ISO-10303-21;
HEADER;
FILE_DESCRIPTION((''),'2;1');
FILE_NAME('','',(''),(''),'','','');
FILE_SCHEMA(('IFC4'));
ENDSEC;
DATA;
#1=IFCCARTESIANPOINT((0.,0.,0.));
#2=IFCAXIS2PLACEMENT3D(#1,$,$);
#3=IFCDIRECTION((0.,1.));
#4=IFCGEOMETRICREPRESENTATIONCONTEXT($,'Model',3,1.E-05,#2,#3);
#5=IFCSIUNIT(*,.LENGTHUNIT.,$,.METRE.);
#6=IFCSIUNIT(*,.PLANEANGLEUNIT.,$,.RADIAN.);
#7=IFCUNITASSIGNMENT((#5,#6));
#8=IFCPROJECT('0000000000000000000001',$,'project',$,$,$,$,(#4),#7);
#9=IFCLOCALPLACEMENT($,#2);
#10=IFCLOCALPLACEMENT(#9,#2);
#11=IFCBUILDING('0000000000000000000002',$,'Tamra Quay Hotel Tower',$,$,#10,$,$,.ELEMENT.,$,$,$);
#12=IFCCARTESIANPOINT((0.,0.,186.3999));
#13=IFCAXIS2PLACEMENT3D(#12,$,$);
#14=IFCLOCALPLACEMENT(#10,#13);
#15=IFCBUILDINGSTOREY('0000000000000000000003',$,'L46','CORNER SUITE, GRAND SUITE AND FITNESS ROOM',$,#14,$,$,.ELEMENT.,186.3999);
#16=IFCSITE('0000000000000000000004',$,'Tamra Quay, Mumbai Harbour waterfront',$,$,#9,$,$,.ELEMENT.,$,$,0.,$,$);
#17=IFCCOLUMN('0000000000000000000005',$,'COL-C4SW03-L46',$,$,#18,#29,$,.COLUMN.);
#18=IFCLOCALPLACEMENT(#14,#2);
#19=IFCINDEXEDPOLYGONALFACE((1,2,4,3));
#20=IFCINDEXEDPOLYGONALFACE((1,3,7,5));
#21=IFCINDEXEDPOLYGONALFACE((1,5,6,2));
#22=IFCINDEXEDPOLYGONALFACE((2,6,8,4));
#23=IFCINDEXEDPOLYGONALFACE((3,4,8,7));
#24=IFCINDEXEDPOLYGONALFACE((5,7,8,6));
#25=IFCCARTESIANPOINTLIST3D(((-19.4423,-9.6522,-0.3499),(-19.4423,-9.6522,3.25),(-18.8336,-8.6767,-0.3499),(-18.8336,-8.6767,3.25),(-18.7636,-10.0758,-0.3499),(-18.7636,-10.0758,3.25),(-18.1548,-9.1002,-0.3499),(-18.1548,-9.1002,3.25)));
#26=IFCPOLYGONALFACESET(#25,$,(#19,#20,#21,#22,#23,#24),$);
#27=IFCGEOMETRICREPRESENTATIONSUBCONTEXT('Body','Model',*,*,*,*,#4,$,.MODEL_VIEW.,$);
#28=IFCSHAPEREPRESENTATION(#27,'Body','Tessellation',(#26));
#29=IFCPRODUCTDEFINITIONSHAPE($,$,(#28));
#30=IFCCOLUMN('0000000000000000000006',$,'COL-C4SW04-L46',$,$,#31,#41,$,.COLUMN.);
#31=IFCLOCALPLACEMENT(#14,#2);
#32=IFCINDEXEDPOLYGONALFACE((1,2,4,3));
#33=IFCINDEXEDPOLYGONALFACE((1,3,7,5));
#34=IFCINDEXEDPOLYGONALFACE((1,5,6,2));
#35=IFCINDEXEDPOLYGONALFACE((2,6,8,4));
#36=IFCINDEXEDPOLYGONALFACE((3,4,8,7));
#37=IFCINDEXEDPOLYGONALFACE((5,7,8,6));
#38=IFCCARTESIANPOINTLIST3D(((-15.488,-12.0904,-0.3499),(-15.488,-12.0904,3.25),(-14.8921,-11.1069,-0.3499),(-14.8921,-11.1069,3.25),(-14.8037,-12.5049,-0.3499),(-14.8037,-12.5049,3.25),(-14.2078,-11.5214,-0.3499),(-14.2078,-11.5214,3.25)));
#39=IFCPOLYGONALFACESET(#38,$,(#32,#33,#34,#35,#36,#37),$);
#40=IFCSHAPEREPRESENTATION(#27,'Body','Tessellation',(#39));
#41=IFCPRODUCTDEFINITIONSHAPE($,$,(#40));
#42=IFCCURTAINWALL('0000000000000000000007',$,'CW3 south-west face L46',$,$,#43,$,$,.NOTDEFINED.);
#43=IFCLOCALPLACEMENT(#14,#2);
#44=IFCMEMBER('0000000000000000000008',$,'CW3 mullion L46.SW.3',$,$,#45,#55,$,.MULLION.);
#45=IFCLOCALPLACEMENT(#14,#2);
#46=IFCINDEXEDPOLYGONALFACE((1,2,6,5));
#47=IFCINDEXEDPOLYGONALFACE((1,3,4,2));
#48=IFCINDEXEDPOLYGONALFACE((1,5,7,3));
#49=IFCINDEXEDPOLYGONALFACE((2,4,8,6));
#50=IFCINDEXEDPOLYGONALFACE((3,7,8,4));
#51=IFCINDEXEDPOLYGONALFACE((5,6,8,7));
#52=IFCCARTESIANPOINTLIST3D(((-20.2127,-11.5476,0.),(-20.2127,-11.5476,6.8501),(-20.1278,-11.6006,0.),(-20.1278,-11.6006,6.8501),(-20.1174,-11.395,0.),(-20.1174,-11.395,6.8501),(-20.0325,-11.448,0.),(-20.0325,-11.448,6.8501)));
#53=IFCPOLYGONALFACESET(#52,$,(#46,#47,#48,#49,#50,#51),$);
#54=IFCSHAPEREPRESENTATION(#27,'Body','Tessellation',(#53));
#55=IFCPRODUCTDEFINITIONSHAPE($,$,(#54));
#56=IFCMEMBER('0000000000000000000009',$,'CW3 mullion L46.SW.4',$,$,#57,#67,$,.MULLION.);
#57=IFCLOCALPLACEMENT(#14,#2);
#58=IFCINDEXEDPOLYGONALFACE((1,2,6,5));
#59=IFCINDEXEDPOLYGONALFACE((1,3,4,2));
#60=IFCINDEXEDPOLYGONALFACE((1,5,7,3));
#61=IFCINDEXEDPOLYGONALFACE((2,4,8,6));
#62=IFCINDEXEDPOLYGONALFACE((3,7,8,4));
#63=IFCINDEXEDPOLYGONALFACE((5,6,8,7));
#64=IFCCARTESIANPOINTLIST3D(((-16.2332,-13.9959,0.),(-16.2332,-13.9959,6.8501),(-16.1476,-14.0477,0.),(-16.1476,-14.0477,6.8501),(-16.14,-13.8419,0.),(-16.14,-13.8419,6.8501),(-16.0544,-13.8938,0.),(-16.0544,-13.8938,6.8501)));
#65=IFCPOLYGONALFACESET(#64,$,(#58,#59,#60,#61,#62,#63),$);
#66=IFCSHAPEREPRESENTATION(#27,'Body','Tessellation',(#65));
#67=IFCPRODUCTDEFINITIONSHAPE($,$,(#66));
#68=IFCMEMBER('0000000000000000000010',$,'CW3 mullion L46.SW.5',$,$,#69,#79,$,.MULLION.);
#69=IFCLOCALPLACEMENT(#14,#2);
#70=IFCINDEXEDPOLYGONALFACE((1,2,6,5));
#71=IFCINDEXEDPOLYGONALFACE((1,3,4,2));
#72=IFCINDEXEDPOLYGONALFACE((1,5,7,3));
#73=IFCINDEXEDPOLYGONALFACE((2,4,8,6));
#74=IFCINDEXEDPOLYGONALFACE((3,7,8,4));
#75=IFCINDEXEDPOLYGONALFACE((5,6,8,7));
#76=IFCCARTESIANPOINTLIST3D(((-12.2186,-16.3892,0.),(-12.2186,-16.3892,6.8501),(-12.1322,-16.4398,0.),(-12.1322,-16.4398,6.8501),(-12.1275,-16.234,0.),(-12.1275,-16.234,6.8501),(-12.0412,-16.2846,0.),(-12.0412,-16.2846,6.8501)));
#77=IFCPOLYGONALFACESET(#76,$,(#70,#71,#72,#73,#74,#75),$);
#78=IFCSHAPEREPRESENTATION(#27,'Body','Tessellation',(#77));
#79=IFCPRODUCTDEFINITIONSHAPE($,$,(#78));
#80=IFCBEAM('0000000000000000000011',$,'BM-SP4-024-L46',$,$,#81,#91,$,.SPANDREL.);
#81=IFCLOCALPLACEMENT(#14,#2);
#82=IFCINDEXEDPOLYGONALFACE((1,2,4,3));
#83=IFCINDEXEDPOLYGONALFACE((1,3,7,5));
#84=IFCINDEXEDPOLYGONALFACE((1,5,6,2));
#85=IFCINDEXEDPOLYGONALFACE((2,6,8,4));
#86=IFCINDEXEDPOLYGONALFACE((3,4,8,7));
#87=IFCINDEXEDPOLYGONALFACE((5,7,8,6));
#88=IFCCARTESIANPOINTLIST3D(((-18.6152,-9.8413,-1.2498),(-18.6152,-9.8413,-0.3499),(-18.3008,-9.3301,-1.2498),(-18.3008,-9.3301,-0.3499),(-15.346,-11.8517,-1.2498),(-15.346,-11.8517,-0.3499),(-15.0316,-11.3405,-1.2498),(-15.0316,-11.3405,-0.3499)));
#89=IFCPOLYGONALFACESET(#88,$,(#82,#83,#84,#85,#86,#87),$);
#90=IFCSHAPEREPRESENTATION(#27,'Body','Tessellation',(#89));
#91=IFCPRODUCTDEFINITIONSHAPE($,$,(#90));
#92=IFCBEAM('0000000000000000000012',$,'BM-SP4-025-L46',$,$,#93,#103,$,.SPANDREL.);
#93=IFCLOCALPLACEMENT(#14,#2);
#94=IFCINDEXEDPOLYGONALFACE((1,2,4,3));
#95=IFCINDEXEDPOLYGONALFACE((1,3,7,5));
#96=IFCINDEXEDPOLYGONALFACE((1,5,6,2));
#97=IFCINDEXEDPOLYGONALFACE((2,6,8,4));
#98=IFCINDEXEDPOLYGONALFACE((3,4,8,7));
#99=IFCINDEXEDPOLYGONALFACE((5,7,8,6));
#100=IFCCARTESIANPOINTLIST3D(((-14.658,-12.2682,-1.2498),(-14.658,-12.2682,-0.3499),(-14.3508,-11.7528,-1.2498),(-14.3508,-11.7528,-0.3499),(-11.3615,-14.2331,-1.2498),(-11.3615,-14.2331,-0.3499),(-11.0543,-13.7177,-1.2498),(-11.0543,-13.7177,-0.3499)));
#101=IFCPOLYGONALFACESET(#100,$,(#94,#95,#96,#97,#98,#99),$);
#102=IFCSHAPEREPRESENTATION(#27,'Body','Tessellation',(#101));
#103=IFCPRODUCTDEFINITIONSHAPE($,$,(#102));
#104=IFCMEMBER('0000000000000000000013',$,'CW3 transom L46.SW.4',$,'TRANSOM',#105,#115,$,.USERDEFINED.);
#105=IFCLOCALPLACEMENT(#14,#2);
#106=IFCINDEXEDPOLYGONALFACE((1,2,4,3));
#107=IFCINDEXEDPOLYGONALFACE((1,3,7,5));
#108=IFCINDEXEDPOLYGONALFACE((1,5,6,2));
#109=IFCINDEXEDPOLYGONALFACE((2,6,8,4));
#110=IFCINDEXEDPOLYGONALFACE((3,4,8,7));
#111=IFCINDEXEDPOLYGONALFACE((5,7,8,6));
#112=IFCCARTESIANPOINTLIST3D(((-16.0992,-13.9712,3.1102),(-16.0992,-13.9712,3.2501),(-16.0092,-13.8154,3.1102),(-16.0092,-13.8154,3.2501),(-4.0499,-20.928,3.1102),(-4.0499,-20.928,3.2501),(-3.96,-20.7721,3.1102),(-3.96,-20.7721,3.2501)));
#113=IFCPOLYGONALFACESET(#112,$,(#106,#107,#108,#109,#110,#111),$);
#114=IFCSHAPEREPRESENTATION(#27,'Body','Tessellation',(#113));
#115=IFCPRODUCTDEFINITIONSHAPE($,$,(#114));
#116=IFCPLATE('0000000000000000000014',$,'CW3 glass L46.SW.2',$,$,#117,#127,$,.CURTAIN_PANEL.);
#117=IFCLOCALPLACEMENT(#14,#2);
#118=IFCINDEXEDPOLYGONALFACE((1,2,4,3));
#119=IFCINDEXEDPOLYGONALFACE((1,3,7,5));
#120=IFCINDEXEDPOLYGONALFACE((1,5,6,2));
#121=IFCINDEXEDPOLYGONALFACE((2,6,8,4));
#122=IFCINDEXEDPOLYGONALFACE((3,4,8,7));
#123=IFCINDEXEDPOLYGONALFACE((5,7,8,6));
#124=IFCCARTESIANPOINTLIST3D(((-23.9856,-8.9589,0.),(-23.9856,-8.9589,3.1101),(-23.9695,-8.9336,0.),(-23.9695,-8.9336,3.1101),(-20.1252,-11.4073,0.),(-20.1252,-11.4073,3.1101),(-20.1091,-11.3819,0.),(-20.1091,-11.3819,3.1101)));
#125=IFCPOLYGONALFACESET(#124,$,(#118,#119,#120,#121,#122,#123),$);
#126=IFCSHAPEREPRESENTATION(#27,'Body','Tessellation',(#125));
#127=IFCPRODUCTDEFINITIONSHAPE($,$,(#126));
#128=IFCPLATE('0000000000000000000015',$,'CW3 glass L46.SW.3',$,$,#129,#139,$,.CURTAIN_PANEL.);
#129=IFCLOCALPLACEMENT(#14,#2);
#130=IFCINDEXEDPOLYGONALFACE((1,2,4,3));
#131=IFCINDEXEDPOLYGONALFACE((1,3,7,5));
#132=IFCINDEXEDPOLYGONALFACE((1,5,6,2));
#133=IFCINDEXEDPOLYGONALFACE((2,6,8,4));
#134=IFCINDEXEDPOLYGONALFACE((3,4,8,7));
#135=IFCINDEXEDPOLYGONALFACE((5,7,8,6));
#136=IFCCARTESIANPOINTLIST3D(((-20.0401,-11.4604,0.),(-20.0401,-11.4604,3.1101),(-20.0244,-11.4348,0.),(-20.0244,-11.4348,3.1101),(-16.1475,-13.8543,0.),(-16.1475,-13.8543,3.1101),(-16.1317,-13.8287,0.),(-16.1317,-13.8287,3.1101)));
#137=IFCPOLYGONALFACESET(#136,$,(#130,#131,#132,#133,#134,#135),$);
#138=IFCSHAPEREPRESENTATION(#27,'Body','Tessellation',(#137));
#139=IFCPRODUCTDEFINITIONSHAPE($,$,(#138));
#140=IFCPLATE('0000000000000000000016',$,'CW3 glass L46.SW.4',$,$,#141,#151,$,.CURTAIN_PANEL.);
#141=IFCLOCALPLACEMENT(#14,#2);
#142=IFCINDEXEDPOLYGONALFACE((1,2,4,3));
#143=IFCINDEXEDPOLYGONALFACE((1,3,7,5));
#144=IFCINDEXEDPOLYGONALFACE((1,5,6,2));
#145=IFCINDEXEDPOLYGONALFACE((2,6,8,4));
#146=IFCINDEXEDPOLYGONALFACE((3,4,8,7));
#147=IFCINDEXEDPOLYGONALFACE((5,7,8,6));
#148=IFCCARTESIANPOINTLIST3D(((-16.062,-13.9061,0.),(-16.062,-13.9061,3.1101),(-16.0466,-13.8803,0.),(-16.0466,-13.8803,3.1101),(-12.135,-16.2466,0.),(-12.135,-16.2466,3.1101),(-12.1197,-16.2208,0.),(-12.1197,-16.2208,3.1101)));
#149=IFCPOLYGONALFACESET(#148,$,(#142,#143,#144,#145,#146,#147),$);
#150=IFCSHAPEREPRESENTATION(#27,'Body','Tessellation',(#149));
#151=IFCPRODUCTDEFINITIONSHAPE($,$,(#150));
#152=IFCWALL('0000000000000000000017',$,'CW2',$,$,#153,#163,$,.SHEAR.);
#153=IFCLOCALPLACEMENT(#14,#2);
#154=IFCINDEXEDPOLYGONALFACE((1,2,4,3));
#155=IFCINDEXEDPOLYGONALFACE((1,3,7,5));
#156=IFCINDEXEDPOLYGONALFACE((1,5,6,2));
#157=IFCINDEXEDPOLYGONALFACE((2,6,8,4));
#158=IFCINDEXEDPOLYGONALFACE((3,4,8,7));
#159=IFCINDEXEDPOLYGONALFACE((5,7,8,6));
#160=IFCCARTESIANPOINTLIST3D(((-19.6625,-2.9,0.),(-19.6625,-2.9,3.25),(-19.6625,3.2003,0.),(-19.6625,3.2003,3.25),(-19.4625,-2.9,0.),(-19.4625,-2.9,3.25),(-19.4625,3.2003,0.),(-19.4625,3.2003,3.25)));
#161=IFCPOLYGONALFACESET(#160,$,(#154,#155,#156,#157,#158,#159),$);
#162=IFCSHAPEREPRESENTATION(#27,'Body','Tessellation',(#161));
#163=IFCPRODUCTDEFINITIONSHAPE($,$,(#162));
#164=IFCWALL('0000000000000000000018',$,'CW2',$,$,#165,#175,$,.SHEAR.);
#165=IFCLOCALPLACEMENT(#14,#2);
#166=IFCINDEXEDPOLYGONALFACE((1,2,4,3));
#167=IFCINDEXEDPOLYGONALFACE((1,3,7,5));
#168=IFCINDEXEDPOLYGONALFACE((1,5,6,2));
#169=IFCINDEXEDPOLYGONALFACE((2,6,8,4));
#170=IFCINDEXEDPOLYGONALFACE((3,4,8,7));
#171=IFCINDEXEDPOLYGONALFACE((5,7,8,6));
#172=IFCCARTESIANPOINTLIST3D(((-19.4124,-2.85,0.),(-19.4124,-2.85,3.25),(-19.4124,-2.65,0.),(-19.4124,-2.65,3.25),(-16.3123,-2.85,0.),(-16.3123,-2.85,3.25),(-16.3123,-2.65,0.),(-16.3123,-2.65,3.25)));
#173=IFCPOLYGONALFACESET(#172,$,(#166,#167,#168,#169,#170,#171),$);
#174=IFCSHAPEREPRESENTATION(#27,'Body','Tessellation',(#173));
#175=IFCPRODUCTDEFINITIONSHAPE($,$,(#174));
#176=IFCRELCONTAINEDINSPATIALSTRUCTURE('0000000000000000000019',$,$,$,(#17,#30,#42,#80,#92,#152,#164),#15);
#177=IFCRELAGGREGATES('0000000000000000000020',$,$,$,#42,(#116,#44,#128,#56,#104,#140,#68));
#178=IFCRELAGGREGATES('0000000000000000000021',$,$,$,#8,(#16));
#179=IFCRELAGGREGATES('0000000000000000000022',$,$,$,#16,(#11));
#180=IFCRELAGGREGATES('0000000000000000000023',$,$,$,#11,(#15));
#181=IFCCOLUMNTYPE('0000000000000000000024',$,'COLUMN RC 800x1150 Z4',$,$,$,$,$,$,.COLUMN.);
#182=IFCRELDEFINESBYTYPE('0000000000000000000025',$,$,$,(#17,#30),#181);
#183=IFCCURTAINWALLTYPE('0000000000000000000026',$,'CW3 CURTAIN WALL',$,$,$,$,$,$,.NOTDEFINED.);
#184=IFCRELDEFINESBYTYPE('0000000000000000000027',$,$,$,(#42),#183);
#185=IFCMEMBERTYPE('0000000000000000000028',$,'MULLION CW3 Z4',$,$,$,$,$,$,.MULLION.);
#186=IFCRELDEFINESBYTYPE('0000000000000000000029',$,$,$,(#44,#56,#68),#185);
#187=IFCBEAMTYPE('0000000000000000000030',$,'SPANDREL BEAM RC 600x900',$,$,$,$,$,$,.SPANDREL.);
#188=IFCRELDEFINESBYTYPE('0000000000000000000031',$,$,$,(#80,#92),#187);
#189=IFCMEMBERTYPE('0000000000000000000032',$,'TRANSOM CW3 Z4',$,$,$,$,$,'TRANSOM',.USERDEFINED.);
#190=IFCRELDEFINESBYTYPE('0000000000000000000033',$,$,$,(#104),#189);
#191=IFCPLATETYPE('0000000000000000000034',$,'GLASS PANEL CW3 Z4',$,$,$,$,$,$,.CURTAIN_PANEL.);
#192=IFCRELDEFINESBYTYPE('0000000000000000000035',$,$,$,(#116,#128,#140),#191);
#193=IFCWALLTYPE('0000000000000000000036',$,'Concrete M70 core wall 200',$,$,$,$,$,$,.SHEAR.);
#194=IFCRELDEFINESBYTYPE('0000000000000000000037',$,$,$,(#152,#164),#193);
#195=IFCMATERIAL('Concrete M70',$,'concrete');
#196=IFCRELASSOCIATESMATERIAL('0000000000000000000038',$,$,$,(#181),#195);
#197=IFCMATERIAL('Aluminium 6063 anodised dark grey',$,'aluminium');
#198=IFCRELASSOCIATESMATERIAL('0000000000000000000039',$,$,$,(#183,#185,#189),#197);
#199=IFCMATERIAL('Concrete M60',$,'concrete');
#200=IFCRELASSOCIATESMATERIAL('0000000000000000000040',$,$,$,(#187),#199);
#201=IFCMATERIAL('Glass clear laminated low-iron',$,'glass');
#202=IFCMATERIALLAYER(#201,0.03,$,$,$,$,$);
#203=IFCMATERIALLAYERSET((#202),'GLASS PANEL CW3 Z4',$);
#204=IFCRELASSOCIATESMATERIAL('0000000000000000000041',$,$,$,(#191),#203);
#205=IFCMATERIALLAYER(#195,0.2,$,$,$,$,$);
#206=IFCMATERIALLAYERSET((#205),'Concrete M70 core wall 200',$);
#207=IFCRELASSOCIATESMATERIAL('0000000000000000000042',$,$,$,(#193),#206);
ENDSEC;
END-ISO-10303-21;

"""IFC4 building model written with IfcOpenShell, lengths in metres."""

from ifc_helpers import new_model, si_unit, direction, frame, frame_2d, origin, origin_2d, place, context, subcontext, project, spatial, rectangle, extrude, material, layer, layer_set, material_profile, profile_set, type_object, element, aggregate, save


model = new_model("IFC4")

# Units and contexts
model_context = context("Model", 3, precision=1e-05, world=origin(), true_north=direction((0.0, 1.0)))
body_context = subcontext(model_context, "Body", "Model", "MODEL_VIEW")
ifc_project = project(units=[si_unit("LENGTHUNIT", "METRE"), si_unit("PLANEANGLEUNIT", "RADIAN")], contexts=[model_context])

# Site, building, storey
site_placement = place(None, origin())
site = spatial("IfcSite", under=ifc_project, at=site_placement, Name="Tamra Quay, Mumbai Harbour waterfront", CompositionType="ELEMENT", RefElevation=0.0)
building_placement = place(site_placement, origin())
building = spatial("IfcBuilding", under=site, at=building_placement, Name="Tamra Quay Hotel Tower", CompositionType="ELEMENT")
storey_placement = place(building_placement, frame((0.0, 0.0, 186.3999)))
storey = spatial("IfcBuildingStorey", under=building, at=storey_placement, Name="L46", Description="CORNER SUITE, GRAND SUITE AND FITNESS ROOM", CompositionType="ELEMENT", Elevation=186.3999)

# Columns
ifc_material_1 = material(Name="Concrete M70", Category="concrete")
ifc_material_profile_1 = material_profile(ifc_material_1, rectangle(XDim=1.1499, YDim=0.8, at=origin_2d()), Name="COLUMN RC 800x1150 Z4")
ifc_profile_set_1 = profile_set([ifc_material_profile_1], Name="Concrete M70")
column_type = type_object("IfcColumnType", Name="COLUMN RC 800x1150 Z4", PredefinedType="COLUMN", material=ifc_profile_set_1)
for number, where, z_axis, x_axis, name in (
    (1, (-18.7986, -9.3762, -0.3499), (0.0, 0.0, 1.0), (0.52941, 0.848366, 0.0), "COL-C4SW03-L46"),
    (2, (-14.8479, -11.8059, -0.3499), (0.0, 0.0, 1.0), (0.518175, 0.855275, 0.0), "COL-C4SW04-L46"),
):
    element("IfcColumn", number, at=place(storey_placement, frame(where, z_axis=z_axis, x_axis=x_axis)), inside=storey, type_object=column_type, Name=name, PredefinedType="COLUMN", context=body_context, shape_type="SweptSolid", body=[
        extrude(rectangle(XDim=1.1499, YDim=0.8, at=origin_2d()), origin(), (0.0, 0.0, 1.0), 3.5999),
    ])

# Curtain wall, members
ifc_material_2 = material(Name="Aluminium 6063 anodised dark grey", Category="aluminium")
curtain_wall_type = type_object("IfcCurtainWallType", Name="CW3 CURTAIN WALL", PredefinedType="NOTDEFINED", material=ifc_material_2)
curtain_wall_placement = place(storey_placement, origin())
curtain_wall = element("IfcCurtainWall", 3, at=curtain_wall_placement, inside=storey, type_object=curtain_wall_type, Name="CW3 south-west face L46", PredefinedType="NOTDEFINED")
ifc_material_profile_2 = material_profile(ifc_material_2, rectangle(XDim=0.1799, YDim=0.1001, at=origin_2d()), Name="MULLION 100X180")
ifc_profile_set_2 = profile_set([ifc_material_profile_2], Name="Aluminium 6063 anodised dark grey")
member_type_1 = type_object("IfcMemberType", Name="MULLION CW3 Z4", PredefinedType="MULLION", material=ifc_profile_set_2)
member_1_placement = place(storey_placement, frame((-20.1226, -11.4978, 0.0), z_axis=(0.0, 0.0, 1.0), x_axis=(-0.529731, -0.848166, 0.0)))
member_1 = element("IfcMember", 4, at=member_1_placement, type_object=member_type_1, Name="CW3 mullion L46.SW.3", PredefinedType="MULLION", context=body_context, shape_type="SweptSolid", body=[
    extrude(rectangle(XDim=0.1799, YDim=0.1001, at=origin_2d()), origin(), (0.0, 0.0, 1.0), 6.8501),
])
member_2_placement = place(storey_placement, frame((-16.1438, -13.9448, 0.0), z_axis=(0.0, 0.0, 1.0), x_axis=(-0.517923, -0.855427, 0.0)))
member_2 = element("IfcMember", 5, at=member_2_placement, type_object=member_type_1, Name="CW3 mullion L46.SW.4", PredefinedType="MULLION", context=body_context, shape_type="SweptSolid", body=[
    extrude(rectangle(XDim=0.1799, YDim=0.1001, at=origin_2d()), origin(), (0.0, 0.0, 1.0), 6.8501),
])
member_3_placement = place(storey_placement, frame((-12.1299, -16.3369, 0.0), z_axis=(0.0, 0.0, 1.0), x_axis=(-0.506001, -0.862533, 0.0)))
member_3 = element("IfcMember", 6, at=member_3_placement, type_object=member_type_1, Name="CW3 mullion L46.SW.5", PredefinedType="MULLION", context=body_context, shape_type="SweptSolid", body=[
    extrude(rectangle(XDim=0.1799, YDim=0.1001, at=origin_2d()), origin(), (0.0, 0.0, 1.0), 6.8501),
])

# Beams
ifc_material_3 = material(Name="Concrete M60", Category="concrete")
ifc_material_profile_3 = material_profile(ifc_material_3, rectangle(XDim=0.6001, YDim=0.8999, at=origin_2d()), Name="SPANDREL BEAM RC 600x900")
ifc_profile_set_3 = profile_set([ifc_material_profile_3], Name="Concrete M60")
beam_type = type_object("IfcBeamType", Name="SPANDREL BEAM RC 600x900", PredefinedType="SPANDREL", material=ifc_profile_set_3)
beam_1_placement = place(storey_placement, frame((-18.458, -9.5857, -0.7998), z_axis=(0.851818, -0.523838, 0.0), x_axis=(0.523838, 0.851818, 0.0)))
element("IfcBeam", 7, at=beam_1_placement, inside=storey, type_object=beam_type, Name="BM-SP4-024-L46", PredefinedType="SPANDREL", context=body_context, shape_type="SweptSolid", body=[
    extrude(rectangle(XDim=0.6001, YDim=0.8999, at=origin_2d()), origin(), (0.0, 0.0, 1.0), 3.8379),
])
beam_2_placement = place(storey_placement, frame((-14.5044, -12.0105, -0.7998), z_axis=(0.858982, -0.512005, 0.0), x_axis=(0.512005, 0.858982, 0.0)))
element("IfcBeam", 8, at=beam_2_placement, inside=storey, type_object=beam_type, Name="BM-SP4-025-L46", PredefinedType="SPANDREL", context=body_context, shape_type="SweptSolid", body=[
    extrude(rectangle(XDim=0.6001, YDim=0.8999, at=origin_2d()), origin(), (0.0, 0.0, 1.0), 3.8376),
])

# Member
ifc_material_profile_4 = material_profile(ifc_material_2, rectangle(XDim=0.1799, YDim=0.1399, at=origin_2d()), Name="TRANSOM 180X140")
ifc_profile_set_4 = profile_set([ifc_material_profile_4], Name="Aluminium 6063 anodised dark grey")
member_type_2 = type_object("IfcMemberType", Name="TRANSOM CW3 Z4", ElementType="TRANSOM", PredefinedType="USERDEFINED", material=ifc_profile_set_4)
member_4_placement = place(storey_placement, frame((-16.0542, -13.8933, 3.1802), z_axis=(0.866022, -0.500006, 0.0), x_axis=(0.500006, 0.866022, 0.0)))
member_4 = element("IfcMember", 9, at=member_4_placement, type_object=member_type_2, Name="CW3 transom L46.SW.4", ObjectType="TRANSOM", PredefinedType="USERDEFINED", context=body_context, shape_type="SweptSolid", body=[
    extrude(rectangle(XDim=0.1799, YDim=0.1399, at=origin_2d()), origin(), (0.0, 0.0, 1.0), 13.9133),
])

# Plates
ifc_material_4 = material(Name="Glass clear laminated low-iron", Category="glass")
ifc_layer_1 = layer(ifc_material_4, 0.03)
ifc_layer_set_1 = layer_set([ifc_layer_1], Name="GLASS PANEL CW3 Z4")
plate_type = type_object("IfcPlateType", Name="GLASS PANEL CW3 Z4", PredefinedType="CURTAIN_PANEL", material=ifc_layer_set_1)
plate_1_placement = place(storey_placement, frame((-22.0474, -10.1704, 0.0), z_axis=(0.0, 0.0, 1.0), x_axis=(0.844476, -0.535593, 0.0)))
plate_1 = element("IfcPlate", 10, at=plate_1_placement, type_object=plate_type, Name="CW3 glass L46.SW.2", PredefinedType="CURTAIN_PANEL", context=body_context, shape_type="SweptSolid", body=[
    extrude(rectangle(XDim=4.5713, YDim=0.03, at=origin_2d()), origin(), (0.0, 0.0, 1.0), 3.1101),
])
plate_2_placement = place(storey_placement, frame((-18.0859, -12.6445, 0.0), z_axis=(0.0, 0.0, 1.0), x_axis=(0.851815, -0.523843, 0.0)))
plate_2 = element("IfcPlate", 11, at=plate_2_placement, type_object=plate_type, Name="CW3 glass L46.SW.3", PredefinedType="CURTAIN_PANEL", context=body_context, shape_type="SweptSolid", body=[
    extrude(rectangle(XDim=4.5698, YDim=0.03, at=origin_2d()), origin(), (0.0, 0.0, 1.0), 3.1101),
])
plate_3_placement = place(storey_placement, frame((-14.0908, -15.0635, 0.0), z_axis=(0.0, 0.0, 1.0), x_axis=(0.858999, -0.511978, 0.0)))
plate_3 = element("IfcPlate", 12, at=plate_3_placement, type_object=plate_type, Name="CW3 glass L46.SW.4", PredefinedType="CURTAIN_PANEL", context=body_context, shape_type="SweptSolid", body=[
    extrude(rectangle(XDim=4.5715, YDim=0.03, at=origin_2d()), origin(), (0.0, 0.0, 1.0), 3.1101),
])
aggregate(curtain_wall, [plate_1, member_1, plate_2, member_2, member_4, plate_3, member_3])

# Walls
ifc_layer_2 = layer(ifc_material_1, 0.2)
ifc_layer_set_2 = layer_set([ifc_layer_2], Name="Concrete M70 core wall 200")
wall_type_1 = type_object("IfcWallType", Name="Concrete M70 core wall 200", PredefinedType="SHEAR", material=ifc_layer_set_2)
wall_1_placement = place(storey_placement, frame((-19.5625, -2.9001, 0.0), z_axis=(0.0, 0.0, 1.0), x_axis=(0.0, 1.0, 0.0)))
element("IfcWall", 13, at=wall_1_placement, inside=storey, type_object=wall_type_1, Name="CW2", PredefinedType="SHEAR", context=body_context, shape_type="SweptSolid", body=[
    extrude(rectangle(XDim=6.1003, YDim=0.2, at=frame_2d((3.0503, 0.0))), origin(), (0.0, 0.0, 1.0), 3.25),
])
wall_2_placement = place(storey_placement, frame((-19.4124, -2.75, 0.0), z_axis=(0.0, 0.0, 1.0), x_axis=(1.0, 0.0, 0.0)))
element("IfcWall", 14, at=wall_2_placement, inside=storey, type_object=wall_type_1, Name="CW2", PredefinedType="SHEAR", context=body_context, shape_type="SweptSolid", body=[
    extrude(rectangle(XDim=3.1001, YDim=0.2, at=frame_2d((1.55, 0.0))), origin(), (0.0, 0.0, 1.0), 3.25),
])

save(model, "model.ifc")
